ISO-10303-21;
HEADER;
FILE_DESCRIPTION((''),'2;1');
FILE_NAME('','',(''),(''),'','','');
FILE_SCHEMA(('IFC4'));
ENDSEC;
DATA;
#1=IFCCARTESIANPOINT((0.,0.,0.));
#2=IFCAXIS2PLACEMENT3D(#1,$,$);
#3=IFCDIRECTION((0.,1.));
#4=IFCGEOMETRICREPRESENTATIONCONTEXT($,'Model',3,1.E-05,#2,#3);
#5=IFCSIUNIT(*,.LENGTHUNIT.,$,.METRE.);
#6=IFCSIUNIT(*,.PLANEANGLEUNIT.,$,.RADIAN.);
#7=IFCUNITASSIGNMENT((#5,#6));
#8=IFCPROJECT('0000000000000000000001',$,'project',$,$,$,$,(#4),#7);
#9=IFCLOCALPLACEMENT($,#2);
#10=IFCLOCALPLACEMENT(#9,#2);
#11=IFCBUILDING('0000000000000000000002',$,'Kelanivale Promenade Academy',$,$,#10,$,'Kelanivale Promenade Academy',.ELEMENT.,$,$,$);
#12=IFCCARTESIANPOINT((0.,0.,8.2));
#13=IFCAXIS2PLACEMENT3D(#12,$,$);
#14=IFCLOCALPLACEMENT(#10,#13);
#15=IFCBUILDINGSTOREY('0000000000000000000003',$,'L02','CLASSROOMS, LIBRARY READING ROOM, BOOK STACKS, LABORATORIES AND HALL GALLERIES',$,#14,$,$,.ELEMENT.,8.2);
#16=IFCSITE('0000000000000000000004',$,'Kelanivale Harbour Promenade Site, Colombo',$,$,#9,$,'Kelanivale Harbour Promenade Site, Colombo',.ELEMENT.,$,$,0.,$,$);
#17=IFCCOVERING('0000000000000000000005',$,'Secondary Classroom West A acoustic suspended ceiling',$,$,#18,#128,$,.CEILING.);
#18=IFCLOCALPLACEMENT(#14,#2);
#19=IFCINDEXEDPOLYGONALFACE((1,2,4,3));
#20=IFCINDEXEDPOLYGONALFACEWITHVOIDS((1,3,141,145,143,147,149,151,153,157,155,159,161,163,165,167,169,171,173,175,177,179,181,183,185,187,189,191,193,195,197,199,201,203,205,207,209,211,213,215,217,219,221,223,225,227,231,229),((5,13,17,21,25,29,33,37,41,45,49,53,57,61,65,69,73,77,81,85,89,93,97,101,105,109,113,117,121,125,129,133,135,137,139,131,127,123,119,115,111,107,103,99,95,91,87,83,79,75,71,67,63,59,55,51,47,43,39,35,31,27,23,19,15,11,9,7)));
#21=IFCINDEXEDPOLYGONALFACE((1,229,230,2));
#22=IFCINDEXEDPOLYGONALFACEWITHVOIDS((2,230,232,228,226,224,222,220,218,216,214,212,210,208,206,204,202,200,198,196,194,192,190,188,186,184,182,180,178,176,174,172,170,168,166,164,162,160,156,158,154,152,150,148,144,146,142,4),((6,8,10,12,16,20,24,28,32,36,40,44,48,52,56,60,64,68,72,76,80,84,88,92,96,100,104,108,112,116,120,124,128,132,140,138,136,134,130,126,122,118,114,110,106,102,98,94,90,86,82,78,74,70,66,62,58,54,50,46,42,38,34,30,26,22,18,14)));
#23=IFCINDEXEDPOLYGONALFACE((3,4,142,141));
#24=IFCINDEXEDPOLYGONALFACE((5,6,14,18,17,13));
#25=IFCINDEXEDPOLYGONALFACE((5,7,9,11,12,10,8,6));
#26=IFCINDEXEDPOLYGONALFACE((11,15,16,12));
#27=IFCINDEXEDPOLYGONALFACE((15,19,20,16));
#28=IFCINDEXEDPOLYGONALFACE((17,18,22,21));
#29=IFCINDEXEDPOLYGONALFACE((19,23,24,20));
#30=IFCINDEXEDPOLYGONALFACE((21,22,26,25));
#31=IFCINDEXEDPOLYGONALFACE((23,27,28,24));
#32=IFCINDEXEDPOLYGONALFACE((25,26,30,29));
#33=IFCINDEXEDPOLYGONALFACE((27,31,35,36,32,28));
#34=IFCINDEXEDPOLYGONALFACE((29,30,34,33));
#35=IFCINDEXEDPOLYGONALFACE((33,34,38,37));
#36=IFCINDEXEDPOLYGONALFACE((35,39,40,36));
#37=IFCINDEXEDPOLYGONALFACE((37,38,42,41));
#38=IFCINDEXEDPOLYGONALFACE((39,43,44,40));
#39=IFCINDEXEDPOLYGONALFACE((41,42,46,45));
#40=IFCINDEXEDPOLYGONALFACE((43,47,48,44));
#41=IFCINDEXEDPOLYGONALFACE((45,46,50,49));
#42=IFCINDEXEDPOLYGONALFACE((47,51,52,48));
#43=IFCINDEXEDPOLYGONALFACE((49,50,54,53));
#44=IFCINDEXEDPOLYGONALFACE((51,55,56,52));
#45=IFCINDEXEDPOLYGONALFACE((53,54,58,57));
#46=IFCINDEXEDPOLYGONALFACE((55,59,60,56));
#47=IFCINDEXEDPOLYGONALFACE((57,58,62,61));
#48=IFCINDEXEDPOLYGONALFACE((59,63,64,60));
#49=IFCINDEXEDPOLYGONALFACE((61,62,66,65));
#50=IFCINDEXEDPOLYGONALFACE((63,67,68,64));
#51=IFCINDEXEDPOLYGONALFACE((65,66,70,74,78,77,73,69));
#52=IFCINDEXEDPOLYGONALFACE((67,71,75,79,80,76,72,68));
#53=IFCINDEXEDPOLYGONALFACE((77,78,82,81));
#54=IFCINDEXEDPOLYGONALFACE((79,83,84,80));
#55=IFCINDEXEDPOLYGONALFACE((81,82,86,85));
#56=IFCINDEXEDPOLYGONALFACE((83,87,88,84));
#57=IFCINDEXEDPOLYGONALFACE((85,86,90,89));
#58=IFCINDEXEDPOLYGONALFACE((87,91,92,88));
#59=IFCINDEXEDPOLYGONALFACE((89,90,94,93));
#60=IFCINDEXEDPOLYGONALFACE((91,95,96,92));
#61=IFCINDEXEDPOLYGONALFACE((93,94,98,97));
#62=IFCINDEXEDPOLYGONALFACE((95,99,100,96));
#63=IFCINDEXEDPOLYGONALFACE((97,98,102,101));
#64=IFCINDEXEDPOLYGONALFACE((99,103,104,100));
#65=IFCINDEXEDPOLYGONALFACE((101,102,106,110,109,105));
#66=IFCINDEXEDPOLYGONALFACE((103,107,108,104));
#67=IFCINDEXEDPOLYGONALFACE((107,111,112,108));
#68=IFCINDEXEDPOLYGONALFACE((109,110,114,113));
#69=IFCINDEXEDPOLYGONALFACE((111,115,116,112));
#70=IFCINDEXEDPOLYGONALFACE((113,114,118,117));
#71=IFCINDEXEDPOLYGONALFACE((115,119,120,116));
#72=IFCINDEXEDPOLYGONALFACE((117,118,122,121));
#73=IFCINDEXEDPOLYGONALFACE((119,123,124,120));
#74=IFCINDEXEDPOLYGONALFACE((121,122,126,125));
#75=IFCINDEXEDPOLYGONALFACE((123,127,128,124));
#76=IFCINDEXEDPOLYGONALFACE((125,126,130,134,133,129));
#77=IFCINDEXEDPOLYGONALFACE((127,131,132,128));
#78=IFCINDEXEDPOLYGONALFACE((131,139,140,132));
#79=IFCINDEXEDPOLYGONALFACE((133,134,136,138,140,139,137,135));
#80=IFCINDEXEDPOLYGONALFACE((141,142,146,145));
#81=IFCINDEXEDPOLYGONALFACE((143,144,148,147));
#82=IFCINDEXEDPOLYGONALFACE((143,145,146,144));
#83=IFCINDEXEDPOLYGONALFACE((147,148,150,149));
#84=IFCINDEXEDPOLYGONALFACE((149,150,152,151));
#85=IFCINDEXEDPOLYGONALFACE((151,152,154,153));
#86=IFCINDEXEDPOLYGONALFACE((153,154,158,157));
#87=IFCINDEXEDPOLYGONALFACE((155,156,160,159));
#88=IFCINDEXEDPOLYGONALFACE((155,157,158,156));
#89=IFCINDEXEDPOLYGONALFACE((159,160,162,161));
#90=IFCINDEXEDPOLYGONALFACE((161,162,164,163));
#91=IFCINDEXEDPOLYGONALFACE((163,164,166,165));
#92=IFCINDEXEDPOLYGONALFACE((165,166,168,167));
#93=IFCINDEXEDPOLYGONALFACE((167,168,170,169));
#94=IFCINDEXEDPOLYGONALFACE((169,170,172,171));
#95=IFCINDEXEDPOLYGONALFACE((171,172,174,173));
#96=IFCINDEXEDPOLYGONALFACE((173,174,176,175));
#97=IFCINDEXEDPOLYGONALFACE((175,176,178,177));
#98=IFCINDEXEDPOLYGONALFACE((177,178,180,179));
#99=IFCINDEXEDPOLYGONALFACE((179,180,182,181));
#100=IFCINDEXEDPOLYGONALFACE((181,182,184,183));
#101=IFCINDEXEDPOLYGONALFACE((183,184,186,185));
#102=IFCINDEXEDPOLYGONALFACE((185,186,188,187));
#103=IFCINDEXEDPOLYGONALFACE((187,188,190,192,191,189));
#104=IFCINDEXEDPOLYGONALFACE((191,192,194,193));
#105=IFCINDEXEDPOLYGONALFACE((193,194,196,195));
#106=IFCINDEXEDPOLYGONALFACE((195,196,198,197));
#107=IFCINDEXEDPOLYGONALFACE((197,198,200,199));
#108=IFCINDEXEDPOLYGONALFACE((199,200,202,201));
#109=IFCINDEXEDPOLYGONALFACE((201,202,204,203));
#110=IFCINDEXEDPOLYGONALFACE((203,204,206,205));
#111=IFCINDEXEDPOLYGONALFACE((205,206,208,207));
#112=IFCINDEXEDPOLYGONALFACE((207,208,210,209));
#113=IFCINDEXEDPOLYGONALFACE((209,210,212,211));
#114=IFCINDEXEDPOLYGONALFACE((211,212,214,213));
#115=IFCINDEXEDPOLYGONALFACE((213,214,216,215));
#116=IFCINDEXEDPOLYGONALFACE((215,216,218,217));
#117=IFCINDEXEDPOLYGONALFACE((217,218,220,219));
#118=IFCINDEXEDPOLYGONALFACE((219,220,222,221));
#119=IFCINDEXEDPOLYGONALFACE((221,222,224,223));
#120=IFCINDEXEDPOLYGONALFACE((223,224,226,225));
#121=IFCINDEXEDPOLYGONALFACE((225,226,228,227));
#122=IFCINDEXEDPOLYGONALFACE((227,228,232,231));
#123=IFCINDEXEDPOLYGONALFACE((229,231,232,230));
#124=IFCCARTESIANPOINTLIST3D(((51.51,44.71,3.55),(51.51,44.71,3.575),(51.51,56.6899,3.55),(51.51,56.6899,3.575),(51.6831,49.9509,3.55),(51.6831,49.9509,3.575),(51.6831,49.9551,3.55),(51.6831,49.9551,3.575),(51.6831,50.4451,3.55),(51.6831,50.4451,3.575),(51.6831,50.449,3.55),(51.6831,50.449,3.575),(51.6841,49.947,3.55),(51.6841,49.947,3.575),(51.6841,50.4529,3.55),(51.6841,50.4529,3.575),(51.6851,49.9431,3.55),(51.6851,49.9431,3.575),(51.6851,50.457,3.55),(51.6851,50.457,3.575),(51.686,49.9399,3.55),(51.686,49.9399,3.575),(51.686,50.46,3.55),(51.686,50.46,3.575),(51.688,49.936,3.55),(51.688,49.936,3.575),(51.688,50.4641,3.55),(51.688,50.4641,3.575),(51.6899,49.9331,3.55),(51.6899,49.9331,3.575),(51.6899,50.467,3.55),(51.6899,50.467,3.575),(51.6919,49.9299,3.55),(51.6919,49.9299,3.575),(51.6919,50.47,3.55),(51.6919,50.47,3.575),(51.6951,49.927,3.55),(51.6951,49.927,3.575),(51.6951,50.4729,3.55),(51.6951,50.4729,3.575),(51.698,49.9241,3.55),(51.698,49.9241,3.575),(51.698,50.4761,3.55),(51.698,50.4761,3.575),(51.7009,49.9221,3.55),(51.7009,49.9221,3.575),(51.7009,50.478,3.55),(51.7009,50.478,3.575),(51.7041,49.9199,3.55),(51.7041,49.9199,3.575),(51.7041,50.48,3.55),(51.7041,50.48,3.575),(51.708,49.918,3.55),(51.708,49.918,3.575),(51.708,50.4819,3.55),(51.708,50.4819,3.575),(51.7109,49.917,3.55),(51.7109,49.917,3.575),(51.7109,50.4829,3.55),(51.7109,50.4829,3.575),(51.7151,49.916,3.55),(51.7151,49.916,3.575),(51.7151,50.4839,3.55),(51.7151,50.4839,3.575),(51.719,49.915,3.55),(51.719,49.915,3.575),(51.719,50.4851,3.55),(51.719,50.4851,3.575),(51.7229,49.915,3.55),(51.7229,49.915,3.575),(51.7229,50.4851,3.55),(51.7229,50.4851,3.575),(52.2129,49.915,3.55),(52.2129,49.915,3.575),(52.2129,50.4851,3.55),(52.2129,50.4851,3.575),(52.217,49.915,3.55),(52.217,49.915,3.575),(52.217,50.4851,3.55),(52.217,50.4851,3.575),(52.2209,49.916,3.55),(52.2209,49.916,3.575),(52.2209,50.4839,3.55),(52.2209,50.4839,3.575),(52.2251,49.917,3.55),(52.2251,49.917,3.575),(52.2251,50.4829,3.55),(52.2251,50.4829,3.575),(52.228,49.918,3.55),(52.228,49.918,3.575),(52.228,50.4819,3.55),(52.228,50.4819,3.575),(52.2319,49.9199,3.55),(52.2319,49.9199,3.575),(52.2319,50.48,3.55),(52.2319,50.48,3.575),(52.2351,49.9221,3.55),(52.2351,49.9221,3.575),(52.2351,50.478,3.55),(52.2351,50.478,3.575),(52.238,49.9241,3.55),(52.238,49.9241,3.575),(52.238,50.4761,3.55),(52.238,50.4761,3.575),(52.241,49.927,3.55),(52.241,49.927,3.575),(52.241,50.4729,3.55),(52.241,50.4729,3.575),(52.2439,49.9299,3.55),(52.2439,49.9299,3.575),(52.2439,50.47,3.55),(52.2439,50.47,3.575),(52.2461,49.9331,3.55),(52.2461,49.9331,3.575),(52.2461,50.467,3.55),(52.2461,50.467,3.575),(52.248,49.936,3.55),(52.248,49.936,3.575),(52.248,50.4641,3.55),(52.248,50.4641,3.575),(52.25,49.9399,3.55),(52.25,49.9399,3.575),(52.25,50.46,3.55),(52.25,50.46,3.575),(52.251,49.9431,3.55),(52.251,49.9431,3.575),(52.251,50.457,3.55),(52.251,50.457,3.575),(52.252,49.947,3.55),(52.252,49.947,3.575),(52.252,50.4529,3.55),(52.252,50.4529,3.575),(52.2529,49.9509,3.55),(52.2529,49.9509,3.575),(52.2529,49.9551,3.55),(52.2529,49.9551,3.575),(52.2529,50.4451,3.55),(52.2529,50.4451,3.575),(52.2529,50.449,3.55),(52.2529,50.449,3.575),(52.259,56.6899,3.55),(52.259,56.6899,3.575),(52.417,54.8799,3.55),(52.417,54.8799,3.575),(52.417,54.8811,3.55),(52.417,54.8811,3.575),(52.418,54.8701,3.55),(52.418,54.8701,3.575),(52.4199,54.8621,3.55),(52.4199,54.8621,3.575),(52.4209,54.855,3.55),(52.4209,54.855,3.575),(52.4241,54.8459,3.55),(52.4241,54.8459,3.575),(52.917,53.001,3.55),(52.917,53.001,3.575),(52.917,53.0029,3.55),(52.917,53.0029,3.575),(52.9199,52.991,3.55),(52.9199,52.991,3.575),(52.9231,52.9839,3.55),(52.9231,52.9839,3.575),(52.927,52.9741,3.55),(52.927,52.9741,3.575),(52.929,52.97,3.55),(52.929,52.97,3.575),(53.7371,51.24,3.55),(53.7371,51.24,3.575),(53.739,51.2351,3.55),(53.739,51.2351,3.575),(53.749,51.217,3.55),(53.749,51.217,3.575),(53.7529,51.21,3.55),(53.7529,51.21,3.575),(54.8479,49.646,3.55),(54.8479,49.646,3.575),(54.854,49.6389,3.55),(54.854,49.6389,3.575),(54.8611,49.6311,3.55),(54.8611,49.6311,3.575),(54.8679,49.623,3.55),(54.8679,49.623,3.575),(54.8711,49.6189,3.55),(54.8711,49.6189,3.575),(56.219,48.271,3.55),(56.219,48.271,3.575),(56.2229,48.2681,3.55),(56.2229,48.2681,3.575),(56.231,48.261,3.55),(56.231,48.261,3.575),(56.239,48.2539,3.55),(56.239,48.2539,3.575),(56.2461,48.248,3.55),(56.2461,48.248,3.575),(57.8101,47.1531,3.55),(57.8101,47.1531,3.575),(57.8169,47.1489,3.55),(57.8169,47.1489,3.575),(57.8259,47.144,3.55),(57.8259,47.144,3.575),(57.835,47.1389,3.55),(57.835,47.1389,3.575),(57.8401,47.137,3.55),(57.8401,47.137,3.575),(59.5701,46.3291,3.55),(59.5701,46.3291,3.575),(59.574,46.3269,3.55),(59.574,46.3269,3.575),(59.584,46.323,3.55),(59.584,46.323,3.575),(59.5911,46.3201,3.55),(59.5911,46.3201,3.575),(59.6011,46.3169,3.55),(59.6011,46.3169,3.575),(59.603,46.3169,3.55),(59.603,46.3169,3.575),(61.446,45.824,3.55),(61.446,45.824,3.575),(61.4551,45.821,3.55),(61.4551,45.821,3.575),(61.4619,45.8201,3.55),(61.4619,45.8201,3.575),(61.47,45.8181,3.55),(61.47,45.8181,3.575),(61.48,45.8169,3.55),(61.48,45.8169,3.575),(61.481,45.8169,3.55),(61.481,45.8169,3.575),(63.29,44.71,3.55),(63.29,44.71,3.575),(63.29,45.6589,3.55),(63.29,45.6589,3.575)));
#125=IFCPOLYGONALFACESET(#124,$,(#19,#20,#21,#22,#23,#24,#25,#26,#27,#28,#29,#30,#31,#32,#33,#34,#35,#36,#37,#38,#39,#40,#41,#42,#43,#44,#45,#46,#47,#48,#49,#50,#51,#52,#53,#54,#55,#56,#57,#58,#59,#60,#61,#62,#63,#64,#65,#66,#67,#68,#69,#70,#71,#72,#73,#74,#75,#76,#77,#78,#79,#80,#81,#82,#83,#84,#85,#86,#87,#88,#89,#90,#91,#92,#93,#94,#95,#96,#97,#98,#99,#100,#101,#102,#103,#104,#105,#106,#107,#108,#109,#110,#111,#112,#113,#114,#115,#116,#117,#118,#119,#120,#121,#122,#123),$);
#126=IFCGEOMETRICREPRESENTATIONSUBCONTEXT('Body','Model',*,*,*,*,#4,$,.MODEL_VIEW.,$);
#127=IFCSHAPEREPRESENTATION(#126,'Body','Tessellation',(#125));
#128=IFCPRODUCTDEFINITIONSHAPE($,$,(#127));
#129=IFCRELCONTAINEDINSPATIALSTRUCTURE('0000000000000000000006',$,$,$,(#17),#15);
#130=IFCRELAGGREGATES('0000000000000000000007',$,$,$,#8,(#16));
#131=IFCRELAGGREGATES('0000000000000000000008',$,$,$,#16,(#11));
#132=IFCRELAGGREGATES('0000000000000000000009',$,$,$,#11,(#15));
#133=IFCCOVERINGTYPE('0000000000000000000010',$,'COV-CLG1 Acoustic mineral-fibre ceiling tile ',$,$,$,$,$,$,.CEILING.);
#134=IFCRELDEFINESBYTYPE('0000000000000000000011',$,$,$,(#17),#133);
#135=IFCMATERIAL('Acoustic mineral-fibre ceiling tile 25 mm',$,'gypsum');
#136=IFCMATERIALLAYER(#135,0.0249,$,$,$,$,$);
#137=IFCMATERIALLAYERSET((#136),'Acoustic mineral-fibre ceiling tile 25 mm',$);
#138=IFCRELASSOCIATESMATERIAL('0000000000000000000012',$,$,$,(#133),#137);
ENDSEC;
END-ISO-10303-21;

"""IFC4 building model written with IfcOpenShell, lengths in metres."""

from ifc_helpers import new_model, si_unit, direction, frame, origin, place, context, subcontext, project, spatial, polyline, outline, extrude, material, layer, layer_set, type_object, element, save


model = new_model("IFC4")

# Units and contexts
model_context = context("Model", 3, precision=1e-05, world=origin(), true_north=direction((0.0, 1.0)))
body_context = subcontext(model_context, "Body", "Model", "MODEL_VIEW")
ifc_project = project(units=[si_unit("LENGTHUNIT", "METRE"), si_unit("PLANEANGLEUNIT", "RADIAN")], contexts=[model_context])

# Site, building, storey
site_placement = place(None, origin())
site = spatial("IfcSite", under=ifc_project, at=site_placement, Name="Kelanivale Harbour Promenade Site, Colombo", LongName="Kelanivale Harbour Promenade Site, Colombo", CompositionType="ELEMENT", RefElevation=0.0)
building_placement = place(site_placement, origin())
building = spatial("IfcBuilding", under=site, at=building_placement, Name="Kelanivale Promenade Academy", LongName="Kelanivale Promenade Academy", CompositionType="ELEMENT")
storey_placement = place(building_placement, frame((0.0, 0.0, 8.2)))
storey = spatial("IfcBuildingStorey", under=building, at=storey_placement, Name="L02", Description="CLASSROOMS, LIBRARY READING ROOM, BOOK STACKS, LABORATORIES AND HALL GALLERIES", CompositionType="ELEMENT", Elevation=8.2)

# Covering
ifc_material_1 = material(Name="Acoustic mineral-fibre ceiling tile 25 mm", Category="gypsum")
ifc_layer_1 = layer(ifc_material_1, 0.0249)
ifc_layer_set_1 = layer_set([ifc_layer_1], Name="Acoustic mineral-fibre ceiling tile 25 mm")
covering_type_1 = type_object("IfcCoveringType", Name="COV-CLG1 Acoustic mineral-fibre ceiling tile ", PredefinedType="CEILING", material=ifc_layer_set_1)
covering_1_placement = place(storey_placement, frame((0.0, 0.0, 3.55)))
element("IfcCovering", 1, at=covering_1_placement, inside=storey, type_object=covering_type_1, Name="Secondary Classroom West A acoustic suspended ceiling", PredefinedType="CEILING", context=body_context, shape_type="SweptSolid", body=[
    extrude(outline(polyline([(54.8611, 49.6311), (54.854, 49.6389), (54.8479, 49.646), (53.7529, 51.21), (53.749, 51.217), (53.739, 51.2351), (53.7371, 51.24), (52.929, 52.97), (52.927, 52.9741), (52.9231, 52.9839), (52.9199, 52.991), (52.917, 53.001), (52.917, 53.0029), (52.4241, 54.8459), (52.4209, 54.855), (52.4199, 54.8621), (52.418, 54.8701), (52.417, 54.8799), (52.417, 54.8811), (52.259, 56.6899), (51.51, 56.6899), (51.51, 44.71), (63.29, 44.71), (63.29, 45.6589), (61.481, 45.8169), (61.48, 45.8169), (61.47, 45.8181), (61.4619, 45.8201), (61.4551, 45.821), (61.446, 45.824), (59.603, 46.3169), (59.6011, 46.3169), (59.5911, 46.3201), (59.584, 46.323), (59.574, 46.3269), (59.5701, 46.3291), (57.8401, 47.137), (57.835, 47.1389), (57.8259, 47.144), (57.8169, 47.1489), (57.8101, 47.1531), (56.2461, 48.248), (56.239, 48.2539), (56.231, 48.261), (56.2229, 48.2681), (56.219, 48.271), (54.8711, 49.6189), (54.8679, 49.623), (54.8611, 49.6311)]), holes=[polyline([(52.2129, 50.4851), (52.217, 50.4851), (52.2209, 50.4839), (52.2251, 50.4829), (52.228, 50.4819), (52.2319, 50.48), (52.2351, 50.478), (52.238, 50.4761), (52.241, 50.4729), (52.2439, 50.47), (52.2461, 50.467), (52.248, 50.4641), (52.25, 50.46), (52.251, 50.457), (52.252, 50.4529), (52.2529, 50.449), (52.2529, 50.4451), (52.2529, 49.9551), (52.2529, 49.9509), (52.252, 49.947), (52.251, 49.9431), (52.25, 49.9399), (52.248, 49.936), (52.2461, 49.9331), (52.2439, 49.9299), (52.241, 49.927), (52.238, 49.9241), (52.2351, 49.9221), (52.2319, 49.9199), (52.228, 49.918), (52.2251, 49.917), (52.2209, 49.916), (52.217, 49.915), (52.2129, 49.915), (51.7229, 49.915), (51.719, 49.915), (51.7151, 49.916), (51.7109, 49.917), (51.708, 49.918), (51.7041, 49.9199), (51.7009, 49.9221), (51.698, 49.9241), (51.6951, 49.927), (51.6919, 49.9299), (51.6899, 49.9331), (51.688, 49.936), (51.686, 49.9399), (51.6851, 49.9431), (51.6841, 49.947), (51.6831, 49.9509), (51.6831, 49.9551), (51.6831, 50.4451), (51.6831, 50.449), (51.6841, 50.4529), (51.6851, 50.457), (51.686, 50.46), (51.688, 50.4641), (51.6899, 50.467), (51.6919, 50.47), (51.6951, 50.4729), (51.698, 50.4761), (51.7009, 50.478), (51.7041, 50.48), (51.708, 50.4819), (51.7109, 50.4829), (51.7151, 50.4839), (51.719, 50.4851), (51.7229, 50.4851), (52.2129, 50.4851)])]), origin(), (0.0, 0.0, 1.0), 0.0249),
])

save(model, "model.ifc")
